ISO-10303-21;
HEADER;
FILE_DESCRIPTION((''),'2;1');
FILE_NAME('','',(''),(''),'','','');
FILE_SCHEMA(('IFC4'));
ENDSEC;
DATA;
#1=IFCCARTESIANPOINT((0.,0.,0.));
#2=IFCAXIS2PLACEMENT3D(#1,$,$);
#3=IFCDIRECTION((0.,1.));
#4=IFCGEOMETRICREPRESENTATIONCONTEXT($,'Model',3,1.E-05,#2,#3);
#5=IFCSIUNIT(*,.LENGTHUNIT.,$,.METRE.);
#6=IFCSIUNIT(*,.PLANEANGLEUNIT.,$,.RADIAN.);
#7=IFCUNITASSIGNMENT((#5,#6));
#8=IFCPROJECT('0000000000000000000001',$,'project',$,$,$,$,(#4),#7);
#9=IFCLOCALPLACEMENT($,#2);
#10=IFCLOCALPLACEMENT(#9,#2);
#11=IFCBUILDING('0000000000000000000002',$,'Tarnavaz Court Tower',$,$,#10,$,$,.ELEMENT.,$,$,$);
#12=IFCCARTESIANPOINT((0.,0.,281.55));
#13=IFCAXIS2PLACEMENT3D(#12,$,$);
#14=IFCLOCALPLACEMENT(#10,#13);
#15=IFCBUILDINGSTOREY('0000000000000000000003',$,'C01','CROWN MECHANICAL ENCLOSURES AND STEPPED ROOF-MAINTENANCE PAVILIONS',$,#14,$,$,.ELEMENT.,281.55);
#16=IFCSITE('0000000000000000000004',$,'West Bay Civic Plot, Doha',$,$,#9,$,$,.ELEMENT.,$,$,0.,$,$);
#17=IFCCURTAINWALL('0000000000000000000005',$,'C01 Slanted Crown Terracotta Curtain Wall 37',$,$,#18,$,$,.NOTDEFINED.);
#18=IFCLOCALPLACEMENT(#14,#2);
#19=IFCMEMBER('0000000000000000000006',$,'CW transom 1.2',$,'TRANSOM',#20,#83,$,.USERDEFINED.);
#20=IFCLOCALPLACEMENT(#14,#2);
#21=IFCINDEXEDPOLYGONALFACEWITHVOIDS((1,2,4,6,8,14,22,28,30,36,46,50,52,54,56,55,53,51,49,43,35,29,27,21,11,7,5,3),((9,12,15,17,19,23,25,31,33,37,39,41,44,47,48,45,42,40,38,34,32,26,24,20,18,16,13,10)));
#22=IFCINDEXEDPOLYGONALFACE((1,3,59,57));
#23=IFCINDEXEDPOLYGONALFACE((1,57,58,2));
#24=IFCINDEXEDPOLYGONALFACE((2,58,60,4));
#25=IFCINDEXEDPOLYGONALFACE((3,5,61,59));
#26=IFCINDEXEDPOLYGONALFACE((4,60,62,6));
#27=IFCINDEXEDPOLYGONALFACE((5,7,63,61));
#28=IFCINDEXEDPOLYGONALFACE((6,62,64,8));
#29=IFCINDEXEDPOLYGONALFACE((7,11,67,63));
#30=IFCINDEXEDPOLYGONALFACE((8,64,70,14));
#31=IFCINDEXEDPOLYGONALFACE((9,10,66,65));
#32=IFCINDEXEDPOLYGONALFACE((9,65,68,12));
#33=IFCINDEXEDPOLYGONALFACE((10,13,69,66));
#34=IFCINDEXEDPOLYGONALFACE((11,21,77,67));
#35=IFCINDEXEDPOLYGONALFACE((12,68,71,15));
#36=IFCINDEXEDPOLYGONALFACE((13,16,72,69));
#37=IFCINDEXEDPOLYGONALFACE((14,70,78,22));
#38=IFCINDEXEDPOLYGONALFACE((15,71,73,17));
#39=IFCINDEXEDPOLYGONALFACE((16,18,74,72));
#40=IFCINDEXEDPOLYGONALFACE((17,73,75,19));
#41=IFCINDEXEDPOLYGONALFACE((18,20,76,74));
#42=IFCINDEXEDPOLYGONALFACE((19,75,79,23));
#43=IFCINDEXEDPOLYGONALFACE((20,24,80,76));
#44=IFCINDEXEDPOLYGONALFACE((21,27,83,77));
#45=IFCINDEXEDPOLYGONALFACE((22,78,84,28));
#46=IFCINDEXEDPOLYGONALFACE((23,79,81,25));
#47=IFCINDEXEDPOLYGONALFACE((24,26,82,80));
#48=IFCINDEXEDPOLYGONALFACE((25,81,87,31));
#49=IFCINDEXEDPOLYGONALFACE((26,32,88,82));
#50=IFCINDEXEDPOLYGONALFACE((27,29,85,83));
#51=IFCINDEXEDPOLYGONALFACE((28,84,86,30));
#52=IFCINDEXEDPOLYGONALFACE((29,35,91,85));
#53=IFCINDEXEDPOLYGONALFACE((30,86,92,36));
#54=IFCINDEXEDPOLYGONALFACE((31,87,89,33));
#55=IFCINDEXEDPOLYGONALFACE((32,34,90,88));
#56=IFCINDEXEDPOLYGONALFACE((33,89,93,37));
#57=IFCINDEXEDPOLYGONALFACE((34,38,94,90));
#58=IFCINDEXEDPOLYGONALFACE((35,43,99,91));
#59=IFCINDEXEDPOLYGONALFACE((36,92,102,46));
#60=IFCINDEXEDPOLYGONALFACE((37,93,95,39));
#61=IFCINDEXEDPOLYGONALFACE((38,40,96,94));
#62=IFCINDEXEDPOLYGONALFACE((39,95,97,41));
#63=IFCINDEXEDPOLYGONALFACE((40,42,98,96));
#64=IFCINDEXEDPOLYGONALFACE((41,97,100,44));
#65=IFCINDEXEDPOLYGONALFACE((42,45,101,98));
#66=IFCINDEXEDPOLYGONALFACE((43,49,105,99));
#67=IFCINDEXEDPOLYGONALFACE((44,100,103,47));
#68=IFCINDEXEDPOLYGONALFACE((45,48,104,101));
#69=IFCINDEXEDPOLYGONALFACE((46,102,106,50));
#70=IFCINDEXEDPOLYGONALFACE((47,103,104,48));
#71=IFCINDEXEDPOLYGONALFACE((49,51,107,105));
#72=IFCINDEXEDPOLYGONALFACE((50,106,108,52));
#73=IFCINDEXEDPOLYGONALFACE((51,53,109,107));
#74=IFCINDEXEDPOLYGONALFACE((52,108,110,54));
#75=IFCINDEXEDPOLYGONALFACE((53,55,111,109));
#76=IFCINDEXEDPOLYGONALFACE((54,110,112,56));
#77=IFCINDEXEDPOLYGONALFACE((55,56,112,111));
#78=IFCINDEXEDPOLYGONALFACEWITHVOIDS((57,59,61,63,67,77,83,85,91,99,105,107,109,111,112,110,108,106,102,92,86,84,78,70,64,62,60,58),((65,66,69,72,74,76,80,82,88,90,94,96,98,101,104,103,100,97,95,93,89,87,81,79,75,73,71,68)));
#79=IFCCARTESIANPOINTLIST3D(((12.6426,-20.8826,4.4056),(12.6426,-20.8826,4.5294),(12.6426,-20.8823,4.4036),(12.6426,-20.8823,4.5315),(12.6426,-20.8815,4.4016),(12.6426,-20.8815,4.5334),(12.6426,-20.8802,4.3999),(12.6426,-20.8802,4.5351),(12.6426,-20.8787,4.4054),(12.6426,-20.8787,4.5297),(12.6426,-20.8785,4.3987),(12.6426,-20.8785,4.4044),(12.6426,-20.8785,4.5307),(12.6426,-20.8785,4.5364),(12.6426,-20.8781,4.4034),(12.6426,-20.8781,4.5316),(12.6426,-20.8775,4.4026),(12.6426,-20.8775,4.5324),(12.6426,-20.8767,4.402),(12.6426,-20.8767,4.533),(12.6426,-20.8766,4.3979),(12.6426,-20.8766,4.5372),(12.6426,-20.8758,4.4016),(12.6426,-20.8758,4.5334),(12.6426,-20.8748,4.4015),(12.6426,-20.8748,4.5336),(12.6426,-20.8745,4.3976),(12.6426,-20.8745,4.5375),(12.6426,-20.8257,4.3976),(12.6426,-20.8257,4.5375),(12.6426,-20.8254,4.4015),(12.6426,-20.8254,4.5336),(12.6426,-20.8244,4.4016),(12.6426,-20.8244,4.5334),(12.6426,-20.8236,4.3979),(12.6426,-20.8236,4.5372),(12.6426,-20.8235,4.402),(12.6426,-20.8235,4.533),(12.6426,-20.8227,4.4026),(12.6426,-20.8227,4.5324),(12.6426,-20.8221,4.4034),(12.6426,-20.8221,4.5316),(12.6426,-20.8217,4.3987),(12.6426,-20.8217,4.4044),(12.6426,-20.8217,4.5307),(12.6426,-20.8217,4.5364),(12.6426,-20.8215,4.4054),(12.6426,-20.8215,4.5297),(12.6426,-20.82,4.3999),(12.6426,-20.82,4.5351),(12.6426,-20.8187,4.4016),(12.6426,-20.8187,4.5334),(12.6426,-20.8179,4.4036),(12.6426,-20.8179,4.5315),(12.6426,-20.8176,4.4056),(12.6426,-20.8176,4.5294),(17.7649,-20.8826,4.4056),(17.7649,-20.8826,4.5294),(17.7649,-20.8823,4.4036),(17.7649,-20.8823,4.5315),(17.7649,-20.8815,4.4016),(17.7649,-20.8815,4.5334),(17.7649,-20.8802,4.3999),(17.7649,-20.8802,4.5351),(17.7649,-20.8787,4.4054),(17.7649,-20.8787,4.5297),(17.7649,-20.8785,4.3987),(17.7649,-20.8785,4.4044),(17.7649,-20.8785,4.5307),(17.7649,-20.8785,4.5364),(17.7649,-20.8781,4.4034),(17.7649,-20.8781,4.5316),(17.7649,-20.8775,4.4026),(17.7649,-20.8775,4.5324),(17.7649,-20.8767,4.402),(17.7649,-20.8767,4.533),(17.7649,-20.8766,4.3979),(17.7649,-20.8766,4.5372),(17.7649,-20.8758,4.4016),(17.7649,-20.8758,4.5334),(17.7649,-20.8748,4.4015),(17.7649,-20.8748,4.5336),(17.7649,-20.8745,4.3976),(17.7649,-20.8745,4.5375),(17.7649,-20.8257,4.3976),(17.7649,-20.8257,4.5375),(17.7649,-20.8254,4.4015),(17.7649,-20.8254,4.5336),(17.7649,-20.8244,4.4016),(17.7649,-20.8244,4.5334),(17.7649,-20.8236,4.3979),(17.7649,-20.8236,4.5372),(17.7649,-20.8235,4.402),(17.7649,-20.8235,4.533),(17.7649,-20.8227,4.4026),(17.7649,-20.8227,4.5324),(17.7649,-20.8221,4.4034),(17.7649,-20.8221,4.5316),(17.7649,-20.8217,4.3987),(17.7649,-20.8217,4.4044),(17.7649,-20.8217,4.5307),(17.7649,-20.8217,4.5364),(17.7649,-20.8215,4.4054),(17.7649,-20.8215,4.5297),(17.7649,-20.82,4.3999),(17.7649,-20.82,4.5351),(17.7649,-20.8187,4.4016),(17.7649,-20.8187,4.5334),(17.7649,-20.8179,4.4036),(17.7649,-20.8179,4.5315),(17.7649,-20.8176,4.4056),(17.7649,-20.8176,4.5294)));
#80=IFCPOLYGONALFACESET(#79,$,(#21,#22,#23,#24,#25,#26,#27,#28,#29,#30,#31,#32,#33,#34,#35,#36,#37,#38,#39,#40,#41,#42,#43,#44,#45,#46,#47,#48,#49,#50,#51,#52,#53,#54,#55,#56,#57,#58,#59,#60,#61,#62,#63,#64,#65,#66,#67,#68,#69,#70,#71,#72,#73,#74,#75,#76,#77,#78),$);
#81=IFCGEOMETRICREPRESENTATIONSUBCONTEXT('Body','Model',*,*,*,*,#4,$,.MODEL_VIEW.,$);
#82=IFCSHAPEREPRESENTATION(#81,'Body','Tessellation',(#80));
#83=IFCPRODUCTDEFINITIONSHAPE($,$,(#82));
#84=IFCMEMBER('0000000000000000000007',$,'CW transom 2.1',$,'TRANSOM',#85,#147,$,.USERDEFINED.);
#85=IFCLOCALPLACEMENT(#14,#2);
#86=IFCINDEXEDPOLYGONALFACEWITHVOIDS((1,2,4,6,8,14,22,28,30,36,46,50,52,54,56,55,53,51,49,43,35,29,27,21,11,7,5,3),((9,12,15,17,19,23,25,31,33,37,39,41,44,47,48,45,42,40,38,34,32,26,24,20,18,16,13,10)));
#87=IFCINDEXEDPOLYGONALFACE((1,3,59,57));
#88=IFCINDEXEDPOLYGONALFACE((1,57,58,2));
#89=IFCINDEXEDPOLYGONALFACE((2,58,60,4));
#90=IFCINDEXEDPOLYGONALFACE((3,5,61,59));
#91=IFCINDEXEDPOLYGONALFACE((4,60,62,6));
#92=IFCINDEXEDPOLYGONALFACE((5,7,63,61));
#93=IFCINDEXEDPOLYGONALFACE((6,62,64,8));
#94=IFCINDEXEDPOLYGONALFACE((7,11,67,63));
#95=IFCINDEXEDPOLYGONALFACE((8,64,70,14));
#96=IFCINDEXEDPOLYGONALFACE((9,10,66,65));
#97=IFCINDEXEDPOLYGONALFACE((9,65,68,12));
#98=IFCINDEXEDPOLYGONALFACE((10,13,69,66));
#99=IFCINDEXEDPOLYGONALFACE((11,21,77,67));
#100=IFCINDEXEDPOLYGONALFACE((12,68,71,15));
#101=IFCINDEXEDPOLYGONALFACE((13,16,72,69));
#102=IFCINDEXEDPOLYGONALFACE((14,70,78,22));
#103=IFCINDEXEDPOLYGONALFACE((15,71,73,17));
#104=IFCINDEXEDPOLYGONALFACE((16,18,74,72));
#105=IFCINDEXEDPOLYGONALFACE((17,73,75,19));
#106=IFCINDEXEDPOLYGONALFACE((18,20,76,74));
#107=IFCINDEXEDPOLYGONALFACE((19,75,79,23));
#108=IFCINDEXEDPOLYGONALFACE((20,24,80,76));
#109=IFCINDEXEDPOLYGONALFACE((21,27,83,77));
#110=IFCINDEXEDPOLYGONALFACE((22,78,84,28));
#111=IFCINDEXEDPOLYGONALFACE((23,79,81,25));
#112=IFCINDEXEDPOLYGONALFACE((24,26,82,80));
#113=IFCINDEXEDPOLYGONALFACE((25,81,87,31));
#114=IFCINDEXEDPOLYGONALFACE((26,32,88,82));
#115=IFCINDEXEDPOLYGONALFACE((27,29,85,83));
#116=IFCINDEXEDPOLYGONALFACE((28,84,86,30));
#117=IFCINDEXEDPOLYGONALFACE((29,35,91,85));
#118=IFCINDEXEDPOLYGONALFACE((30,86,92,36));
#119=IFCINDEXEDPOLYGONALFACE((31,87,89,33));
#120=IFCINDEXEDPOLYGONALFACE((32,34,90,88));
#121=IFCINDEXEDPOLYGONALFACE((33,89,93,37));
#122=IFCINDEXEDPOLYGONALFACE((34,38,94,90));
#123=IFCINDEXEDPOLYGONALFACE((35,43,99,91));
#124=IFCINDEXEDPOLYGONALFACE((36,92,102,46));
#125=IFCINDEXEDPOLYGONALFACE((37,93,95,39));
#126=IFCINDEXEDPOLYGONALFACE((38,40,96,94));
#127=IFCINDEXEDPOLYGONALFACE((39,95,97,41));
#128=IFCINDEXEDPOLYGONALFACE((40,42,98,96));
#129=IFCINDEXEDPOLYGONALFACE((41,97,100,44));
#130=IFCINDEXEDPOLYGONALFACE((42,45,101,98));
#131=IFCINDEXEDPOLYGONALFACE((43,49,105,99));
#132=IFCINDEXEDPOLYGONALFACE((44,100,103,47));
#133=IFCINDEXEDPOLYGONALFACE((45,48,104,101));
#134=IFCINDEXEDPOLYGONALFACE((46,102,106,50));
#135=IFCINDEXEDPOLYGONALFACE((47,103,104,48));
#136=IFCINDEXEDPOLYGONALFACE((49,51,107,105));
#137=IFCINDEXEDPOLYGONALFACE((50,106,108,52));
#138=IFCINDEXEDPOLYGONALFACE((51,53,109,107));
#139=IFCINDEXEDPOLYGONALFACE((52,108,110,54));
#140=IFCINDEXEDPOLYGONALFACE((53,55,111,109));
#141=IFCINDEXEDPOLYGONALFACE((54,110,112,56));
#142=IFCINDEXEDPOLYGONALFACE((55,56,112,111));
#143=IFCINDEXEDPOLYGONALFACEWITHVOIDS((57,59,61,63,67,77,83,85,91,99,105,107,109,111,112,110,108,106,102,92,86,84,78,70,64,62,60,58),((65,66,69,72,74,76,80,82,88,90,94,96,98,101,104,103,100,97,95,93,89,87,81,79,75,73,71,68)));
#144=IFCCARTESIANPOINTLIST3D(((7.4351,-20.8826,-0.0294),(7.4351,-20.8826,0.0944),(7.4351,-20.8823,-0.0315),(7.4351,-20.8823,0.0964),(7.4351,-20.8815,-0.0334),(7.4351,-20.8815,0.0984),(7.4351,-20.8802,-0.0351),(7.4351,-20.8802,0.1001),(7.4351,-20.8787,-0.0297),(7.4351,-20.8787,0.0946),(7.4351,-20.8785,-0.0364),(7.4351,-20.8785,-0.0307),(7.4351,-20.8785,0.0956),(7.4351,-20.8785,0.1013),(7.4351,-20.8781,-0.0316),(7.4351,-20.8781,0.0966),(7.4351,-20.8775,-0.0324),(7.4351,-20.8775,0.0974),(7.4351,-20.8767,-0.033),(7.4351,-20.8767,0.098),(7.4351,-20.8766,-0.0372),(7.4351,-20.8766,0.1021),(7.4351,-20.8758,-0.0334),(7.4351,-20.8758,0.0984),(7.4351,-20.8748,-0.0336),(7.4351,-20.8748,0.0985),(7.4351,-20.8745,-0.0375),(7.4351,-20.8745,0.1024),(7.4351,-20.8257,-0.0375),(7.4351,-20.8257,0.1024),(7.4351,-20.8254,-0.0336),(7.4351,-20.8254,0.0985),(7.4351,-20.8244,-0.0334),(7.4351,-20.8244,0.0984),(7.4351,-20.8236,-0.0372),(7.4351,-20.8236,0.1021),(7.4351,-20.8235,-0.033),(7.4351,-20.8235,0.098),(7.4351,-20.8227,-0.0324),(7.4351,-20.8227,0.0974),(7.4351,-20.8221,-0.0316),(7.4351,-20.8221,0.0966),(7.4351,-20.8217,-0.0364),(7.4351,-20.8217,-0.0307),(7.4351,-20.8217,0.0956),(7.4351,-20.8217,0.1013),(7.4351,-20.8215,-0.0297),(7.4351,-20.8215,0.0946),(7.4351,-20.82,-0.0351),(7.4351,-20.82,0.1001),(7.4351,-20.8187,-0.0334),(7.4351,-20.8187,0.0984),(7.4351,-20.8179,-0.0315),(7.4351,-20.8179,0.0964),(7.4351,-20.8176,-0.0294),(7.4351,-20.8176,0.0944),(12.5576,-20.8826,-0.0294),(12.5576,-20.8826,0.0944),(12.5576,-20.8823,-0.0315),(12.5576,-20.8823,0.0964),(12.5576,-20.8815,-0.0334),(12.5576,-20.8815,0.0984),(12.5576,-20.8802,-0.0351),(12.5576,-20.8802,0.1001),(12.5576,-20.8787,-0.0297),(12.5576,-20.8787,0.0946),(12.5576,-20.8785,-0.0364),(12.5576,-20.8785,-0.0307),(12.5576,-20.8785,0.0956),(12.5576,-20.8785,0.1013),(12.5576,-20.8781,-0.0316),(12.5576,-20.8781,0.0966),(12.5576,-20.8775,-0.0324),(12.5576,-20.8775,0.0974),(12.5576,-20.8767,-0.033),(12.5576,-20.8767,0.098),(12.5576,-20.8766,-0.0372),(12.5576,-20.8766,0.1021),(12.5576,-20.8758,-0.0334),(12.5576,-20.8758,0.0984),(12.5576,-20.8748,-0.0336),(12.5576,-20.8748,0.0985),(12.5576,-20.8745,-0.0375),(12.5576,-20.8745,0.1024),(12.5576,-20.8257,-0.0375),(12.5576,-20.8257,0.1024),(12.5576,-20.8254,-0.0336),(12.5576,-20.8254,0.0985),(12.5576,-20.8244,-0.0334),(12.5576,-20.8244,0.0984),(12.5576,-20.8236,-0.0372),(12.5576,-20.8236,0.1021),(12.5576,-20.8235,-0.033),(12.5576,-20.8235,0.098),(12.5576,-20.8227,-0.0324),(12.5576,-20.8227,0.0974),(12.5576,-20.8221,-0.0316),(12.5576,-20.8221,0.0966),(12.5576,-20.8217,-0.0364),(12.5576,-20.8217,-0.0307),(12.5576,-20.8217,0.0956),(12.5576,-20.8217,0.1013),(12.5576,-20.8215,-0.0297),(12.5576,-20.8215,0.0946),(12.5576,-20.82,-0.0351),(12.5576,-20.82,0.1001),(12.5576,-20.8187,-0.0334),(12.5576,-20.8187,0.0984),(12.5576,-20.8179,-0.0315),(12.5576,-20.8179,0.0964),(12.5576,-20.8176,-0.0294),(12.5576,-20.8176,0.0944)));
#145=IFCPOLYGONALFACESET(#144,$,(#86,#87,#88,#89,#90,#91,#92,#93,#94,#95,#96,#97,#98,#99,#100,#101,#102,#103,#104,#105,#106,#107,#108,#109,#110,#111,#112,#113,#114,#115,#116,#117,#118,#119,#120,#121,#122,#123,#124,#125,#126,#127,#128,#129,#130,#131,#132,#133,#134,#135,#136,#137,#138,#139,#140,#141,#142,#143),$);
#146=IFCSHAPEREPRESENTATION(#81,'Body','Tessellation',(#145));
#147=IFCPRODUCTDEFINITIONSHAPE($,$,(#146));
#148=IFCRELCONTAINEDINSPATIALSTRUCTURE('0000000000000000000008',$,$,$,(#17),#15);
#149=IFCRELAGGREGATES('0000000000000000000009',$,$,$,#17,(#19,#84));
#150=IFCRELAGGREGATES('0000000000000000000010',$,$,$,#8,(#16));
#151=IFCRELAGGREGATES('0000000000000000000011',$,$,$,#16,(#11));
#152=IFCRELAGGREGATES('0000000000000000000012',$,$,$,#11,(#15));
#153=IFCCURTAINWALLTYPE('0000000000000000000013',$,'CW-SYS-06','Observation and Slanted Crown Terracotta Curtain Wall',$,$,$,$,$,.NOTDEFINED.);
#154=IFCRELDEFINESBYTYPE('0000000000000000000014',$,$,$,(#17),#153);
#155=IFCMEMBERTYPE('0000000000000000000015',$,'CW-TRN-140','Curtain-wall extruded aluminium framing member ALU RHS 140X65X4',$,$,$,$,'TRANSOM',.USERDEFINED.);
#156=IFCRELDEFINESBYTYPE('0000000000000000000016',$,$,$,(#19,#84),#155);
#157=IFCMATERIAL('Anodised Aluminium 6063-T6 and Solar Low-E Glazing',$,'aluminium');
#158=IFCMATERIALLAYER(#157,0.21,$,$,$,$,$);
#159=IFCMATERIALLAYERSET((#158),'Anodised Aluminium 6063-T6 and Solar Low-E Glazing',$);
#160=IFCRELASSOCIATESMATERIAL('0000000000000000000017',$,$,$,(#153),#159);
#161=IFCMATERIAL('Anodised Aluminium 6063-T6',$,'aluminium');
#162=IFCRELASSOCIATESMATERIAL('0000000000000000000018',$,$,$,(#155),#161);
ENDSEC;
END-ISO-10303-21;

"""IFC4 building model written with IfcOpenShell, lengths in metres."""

from ifc_helpers import new_model, si_unit, direction, frame, origin, origin_2d, place, context, subcontext, project, spatial, hollow_rectangle, extrude, material, layer, layer_set, material_profile, profile_set, type_object, element, aggregate, save


model = new_model("IFC4")

# Units and contexts
model_context = context("Model", 3, precision=1e-05, world=origin(), true_north=direction((0.0, 1.0)))
body_context = subcontext(model_context, "Body", "Model", "MODEL_VIEW")
ifc_project = project(units=[si_unit("LENGTHUNIT", "METRE"), si_unit("PLANEANGLEUNIT", "RADIAN")], contexts=[model_context])

# Site, building, storey
site_placement = place(None, origin())
site = spatial("IfcSite", under=ifc_project, at=site_placement, Name="West Bay Civic Plot, Doha", CompositionType="ELEMENT", RefElevation=0.0)
building_placement = place(site_placement, origin())
building = spatial("IfcBuilding", under=site, at=building_placement, Name="Tarnavaz Court Tower", CompositionType="ELEMENT")
storey_placement = place(building_placement, frame((0.0, 0.0, 281.55)))
storey = spatial("IfcBuildingStorey", under=building, at=storey_placement, Name="C01", Description="CROWN MECHANICAL ENCLOSURES AND STEPPED ROOF-MAINTENANCE PAVILIONS", CompositionType="ELEMENT", Elevation=281.55)

# Shared definitions
ifc_material_1 = material(Name="Anodised Aluminium 6063-T6 and Solar Low-E Glazing", Category="aluminium")
ifc_layer_1 = layer(ifc_material_1, 0.21)
ifc_layer_set_1 = layer_set([ifc_layer_1], Name="Anodised Aluminium 6063-T6 and Solar Low-E Glazing")
curtain_wall_type = type_object("IfcCurtainWallType", Name="CW-SYS-06", Description="Observation and Slanted Crown Terracotta Curtain Wall", PredefinedType="NOTDEFINED", material=ifc_layer_set_1)
ifc_material_2 = material(Name="Anodised Aluminium 6063-T6", Category="aluminium")

# Curtain wall
curtain_wall_1_placement = place(storey_placement, origin())
curtain_wall_1 = element("IfcCurtainWall", 1, at=curtain_wall_1_placement, inside=storey, type_object=curtain_wall_type, Name="C01 Slanted Crown Terracotta Curtain Wall 37", PredefinedType="NOTDEFINED")

# Members
ifc_material_profile_1 = material_profile(ifc_material_2, hollow_rectangle(XDim=0.0649, YDim=0.1399, WallThickness=0.0039, InnerFilletRadius=0.0039, OuterFilletRadius=0.0081, at=origin_2d()), Name="ALU RHS 140X65X4")
ifc_profile_set_1 = profile_set([ifc_material_profile_1], Name="Anodised Aluminium 6063-T6")
member_type_1 = type_object("IfcMemberType", Name="CW-TRN-140", Description="Curtain-wall extruded aluminium framing member ALU RHS 140X65X4", ElementType="TRANSOM", PredefinedType="USERDEFINED", material=ifc_profile_set_1)
member_1_placement = place(storey_placement, frame((17.7649, -20.8501, 4.4675), z_axis=(-1.0, 0.0, 0.0), x_axis=(0.0, -1.0, 0.0)))
member_1 = element("IfcMember", 2, at=member_1_placement, type_object=member_type_1, Name="CW transom 1.2", ObjectType="TRANSOM", PredefinedType="USERDEFINED", context=body_context, shape_type="SweptSolid", body=[
    extrude(hollow_rectangle(XDim=0.0649, YDim=0.1399, WallThickness=0.0039, InnerFilletRadius=0.0039, OuterFilletRadius=0.0081, at=origin_2d()), origin(), (0.0, 0.0, 1.0), 5.1223),
])
member_2_placement = place(storey_placement, frame((12.5576, -20.8501, 0.0325), z_axis=(-1.0, 0.0, 0.0), x_axis=(0.0, -1.0, 0.0)))
member_2 = element("IfcMember", 3, at=member_2_placement, type_object=member_type_1, Name="CW transom 2.1", ObjectType="TRANSOM", PredefinedType="USERDEFINED", context=body_context, shape_type="SweptSolid", body=[
    extrude(hollow_rectangle(XDim=0.0649, YDim=0.1399, WallThickness=0.0039, InnerFilletRadius=0.0039, OuterFilletRadius=0.0081, at=origin_2d()), origin(), (0.0, 0.0, 1.0), 5.1226),
])

aggregate(curtain_wall_1, [member_1, member_2])

save(model, "model.ifc")
